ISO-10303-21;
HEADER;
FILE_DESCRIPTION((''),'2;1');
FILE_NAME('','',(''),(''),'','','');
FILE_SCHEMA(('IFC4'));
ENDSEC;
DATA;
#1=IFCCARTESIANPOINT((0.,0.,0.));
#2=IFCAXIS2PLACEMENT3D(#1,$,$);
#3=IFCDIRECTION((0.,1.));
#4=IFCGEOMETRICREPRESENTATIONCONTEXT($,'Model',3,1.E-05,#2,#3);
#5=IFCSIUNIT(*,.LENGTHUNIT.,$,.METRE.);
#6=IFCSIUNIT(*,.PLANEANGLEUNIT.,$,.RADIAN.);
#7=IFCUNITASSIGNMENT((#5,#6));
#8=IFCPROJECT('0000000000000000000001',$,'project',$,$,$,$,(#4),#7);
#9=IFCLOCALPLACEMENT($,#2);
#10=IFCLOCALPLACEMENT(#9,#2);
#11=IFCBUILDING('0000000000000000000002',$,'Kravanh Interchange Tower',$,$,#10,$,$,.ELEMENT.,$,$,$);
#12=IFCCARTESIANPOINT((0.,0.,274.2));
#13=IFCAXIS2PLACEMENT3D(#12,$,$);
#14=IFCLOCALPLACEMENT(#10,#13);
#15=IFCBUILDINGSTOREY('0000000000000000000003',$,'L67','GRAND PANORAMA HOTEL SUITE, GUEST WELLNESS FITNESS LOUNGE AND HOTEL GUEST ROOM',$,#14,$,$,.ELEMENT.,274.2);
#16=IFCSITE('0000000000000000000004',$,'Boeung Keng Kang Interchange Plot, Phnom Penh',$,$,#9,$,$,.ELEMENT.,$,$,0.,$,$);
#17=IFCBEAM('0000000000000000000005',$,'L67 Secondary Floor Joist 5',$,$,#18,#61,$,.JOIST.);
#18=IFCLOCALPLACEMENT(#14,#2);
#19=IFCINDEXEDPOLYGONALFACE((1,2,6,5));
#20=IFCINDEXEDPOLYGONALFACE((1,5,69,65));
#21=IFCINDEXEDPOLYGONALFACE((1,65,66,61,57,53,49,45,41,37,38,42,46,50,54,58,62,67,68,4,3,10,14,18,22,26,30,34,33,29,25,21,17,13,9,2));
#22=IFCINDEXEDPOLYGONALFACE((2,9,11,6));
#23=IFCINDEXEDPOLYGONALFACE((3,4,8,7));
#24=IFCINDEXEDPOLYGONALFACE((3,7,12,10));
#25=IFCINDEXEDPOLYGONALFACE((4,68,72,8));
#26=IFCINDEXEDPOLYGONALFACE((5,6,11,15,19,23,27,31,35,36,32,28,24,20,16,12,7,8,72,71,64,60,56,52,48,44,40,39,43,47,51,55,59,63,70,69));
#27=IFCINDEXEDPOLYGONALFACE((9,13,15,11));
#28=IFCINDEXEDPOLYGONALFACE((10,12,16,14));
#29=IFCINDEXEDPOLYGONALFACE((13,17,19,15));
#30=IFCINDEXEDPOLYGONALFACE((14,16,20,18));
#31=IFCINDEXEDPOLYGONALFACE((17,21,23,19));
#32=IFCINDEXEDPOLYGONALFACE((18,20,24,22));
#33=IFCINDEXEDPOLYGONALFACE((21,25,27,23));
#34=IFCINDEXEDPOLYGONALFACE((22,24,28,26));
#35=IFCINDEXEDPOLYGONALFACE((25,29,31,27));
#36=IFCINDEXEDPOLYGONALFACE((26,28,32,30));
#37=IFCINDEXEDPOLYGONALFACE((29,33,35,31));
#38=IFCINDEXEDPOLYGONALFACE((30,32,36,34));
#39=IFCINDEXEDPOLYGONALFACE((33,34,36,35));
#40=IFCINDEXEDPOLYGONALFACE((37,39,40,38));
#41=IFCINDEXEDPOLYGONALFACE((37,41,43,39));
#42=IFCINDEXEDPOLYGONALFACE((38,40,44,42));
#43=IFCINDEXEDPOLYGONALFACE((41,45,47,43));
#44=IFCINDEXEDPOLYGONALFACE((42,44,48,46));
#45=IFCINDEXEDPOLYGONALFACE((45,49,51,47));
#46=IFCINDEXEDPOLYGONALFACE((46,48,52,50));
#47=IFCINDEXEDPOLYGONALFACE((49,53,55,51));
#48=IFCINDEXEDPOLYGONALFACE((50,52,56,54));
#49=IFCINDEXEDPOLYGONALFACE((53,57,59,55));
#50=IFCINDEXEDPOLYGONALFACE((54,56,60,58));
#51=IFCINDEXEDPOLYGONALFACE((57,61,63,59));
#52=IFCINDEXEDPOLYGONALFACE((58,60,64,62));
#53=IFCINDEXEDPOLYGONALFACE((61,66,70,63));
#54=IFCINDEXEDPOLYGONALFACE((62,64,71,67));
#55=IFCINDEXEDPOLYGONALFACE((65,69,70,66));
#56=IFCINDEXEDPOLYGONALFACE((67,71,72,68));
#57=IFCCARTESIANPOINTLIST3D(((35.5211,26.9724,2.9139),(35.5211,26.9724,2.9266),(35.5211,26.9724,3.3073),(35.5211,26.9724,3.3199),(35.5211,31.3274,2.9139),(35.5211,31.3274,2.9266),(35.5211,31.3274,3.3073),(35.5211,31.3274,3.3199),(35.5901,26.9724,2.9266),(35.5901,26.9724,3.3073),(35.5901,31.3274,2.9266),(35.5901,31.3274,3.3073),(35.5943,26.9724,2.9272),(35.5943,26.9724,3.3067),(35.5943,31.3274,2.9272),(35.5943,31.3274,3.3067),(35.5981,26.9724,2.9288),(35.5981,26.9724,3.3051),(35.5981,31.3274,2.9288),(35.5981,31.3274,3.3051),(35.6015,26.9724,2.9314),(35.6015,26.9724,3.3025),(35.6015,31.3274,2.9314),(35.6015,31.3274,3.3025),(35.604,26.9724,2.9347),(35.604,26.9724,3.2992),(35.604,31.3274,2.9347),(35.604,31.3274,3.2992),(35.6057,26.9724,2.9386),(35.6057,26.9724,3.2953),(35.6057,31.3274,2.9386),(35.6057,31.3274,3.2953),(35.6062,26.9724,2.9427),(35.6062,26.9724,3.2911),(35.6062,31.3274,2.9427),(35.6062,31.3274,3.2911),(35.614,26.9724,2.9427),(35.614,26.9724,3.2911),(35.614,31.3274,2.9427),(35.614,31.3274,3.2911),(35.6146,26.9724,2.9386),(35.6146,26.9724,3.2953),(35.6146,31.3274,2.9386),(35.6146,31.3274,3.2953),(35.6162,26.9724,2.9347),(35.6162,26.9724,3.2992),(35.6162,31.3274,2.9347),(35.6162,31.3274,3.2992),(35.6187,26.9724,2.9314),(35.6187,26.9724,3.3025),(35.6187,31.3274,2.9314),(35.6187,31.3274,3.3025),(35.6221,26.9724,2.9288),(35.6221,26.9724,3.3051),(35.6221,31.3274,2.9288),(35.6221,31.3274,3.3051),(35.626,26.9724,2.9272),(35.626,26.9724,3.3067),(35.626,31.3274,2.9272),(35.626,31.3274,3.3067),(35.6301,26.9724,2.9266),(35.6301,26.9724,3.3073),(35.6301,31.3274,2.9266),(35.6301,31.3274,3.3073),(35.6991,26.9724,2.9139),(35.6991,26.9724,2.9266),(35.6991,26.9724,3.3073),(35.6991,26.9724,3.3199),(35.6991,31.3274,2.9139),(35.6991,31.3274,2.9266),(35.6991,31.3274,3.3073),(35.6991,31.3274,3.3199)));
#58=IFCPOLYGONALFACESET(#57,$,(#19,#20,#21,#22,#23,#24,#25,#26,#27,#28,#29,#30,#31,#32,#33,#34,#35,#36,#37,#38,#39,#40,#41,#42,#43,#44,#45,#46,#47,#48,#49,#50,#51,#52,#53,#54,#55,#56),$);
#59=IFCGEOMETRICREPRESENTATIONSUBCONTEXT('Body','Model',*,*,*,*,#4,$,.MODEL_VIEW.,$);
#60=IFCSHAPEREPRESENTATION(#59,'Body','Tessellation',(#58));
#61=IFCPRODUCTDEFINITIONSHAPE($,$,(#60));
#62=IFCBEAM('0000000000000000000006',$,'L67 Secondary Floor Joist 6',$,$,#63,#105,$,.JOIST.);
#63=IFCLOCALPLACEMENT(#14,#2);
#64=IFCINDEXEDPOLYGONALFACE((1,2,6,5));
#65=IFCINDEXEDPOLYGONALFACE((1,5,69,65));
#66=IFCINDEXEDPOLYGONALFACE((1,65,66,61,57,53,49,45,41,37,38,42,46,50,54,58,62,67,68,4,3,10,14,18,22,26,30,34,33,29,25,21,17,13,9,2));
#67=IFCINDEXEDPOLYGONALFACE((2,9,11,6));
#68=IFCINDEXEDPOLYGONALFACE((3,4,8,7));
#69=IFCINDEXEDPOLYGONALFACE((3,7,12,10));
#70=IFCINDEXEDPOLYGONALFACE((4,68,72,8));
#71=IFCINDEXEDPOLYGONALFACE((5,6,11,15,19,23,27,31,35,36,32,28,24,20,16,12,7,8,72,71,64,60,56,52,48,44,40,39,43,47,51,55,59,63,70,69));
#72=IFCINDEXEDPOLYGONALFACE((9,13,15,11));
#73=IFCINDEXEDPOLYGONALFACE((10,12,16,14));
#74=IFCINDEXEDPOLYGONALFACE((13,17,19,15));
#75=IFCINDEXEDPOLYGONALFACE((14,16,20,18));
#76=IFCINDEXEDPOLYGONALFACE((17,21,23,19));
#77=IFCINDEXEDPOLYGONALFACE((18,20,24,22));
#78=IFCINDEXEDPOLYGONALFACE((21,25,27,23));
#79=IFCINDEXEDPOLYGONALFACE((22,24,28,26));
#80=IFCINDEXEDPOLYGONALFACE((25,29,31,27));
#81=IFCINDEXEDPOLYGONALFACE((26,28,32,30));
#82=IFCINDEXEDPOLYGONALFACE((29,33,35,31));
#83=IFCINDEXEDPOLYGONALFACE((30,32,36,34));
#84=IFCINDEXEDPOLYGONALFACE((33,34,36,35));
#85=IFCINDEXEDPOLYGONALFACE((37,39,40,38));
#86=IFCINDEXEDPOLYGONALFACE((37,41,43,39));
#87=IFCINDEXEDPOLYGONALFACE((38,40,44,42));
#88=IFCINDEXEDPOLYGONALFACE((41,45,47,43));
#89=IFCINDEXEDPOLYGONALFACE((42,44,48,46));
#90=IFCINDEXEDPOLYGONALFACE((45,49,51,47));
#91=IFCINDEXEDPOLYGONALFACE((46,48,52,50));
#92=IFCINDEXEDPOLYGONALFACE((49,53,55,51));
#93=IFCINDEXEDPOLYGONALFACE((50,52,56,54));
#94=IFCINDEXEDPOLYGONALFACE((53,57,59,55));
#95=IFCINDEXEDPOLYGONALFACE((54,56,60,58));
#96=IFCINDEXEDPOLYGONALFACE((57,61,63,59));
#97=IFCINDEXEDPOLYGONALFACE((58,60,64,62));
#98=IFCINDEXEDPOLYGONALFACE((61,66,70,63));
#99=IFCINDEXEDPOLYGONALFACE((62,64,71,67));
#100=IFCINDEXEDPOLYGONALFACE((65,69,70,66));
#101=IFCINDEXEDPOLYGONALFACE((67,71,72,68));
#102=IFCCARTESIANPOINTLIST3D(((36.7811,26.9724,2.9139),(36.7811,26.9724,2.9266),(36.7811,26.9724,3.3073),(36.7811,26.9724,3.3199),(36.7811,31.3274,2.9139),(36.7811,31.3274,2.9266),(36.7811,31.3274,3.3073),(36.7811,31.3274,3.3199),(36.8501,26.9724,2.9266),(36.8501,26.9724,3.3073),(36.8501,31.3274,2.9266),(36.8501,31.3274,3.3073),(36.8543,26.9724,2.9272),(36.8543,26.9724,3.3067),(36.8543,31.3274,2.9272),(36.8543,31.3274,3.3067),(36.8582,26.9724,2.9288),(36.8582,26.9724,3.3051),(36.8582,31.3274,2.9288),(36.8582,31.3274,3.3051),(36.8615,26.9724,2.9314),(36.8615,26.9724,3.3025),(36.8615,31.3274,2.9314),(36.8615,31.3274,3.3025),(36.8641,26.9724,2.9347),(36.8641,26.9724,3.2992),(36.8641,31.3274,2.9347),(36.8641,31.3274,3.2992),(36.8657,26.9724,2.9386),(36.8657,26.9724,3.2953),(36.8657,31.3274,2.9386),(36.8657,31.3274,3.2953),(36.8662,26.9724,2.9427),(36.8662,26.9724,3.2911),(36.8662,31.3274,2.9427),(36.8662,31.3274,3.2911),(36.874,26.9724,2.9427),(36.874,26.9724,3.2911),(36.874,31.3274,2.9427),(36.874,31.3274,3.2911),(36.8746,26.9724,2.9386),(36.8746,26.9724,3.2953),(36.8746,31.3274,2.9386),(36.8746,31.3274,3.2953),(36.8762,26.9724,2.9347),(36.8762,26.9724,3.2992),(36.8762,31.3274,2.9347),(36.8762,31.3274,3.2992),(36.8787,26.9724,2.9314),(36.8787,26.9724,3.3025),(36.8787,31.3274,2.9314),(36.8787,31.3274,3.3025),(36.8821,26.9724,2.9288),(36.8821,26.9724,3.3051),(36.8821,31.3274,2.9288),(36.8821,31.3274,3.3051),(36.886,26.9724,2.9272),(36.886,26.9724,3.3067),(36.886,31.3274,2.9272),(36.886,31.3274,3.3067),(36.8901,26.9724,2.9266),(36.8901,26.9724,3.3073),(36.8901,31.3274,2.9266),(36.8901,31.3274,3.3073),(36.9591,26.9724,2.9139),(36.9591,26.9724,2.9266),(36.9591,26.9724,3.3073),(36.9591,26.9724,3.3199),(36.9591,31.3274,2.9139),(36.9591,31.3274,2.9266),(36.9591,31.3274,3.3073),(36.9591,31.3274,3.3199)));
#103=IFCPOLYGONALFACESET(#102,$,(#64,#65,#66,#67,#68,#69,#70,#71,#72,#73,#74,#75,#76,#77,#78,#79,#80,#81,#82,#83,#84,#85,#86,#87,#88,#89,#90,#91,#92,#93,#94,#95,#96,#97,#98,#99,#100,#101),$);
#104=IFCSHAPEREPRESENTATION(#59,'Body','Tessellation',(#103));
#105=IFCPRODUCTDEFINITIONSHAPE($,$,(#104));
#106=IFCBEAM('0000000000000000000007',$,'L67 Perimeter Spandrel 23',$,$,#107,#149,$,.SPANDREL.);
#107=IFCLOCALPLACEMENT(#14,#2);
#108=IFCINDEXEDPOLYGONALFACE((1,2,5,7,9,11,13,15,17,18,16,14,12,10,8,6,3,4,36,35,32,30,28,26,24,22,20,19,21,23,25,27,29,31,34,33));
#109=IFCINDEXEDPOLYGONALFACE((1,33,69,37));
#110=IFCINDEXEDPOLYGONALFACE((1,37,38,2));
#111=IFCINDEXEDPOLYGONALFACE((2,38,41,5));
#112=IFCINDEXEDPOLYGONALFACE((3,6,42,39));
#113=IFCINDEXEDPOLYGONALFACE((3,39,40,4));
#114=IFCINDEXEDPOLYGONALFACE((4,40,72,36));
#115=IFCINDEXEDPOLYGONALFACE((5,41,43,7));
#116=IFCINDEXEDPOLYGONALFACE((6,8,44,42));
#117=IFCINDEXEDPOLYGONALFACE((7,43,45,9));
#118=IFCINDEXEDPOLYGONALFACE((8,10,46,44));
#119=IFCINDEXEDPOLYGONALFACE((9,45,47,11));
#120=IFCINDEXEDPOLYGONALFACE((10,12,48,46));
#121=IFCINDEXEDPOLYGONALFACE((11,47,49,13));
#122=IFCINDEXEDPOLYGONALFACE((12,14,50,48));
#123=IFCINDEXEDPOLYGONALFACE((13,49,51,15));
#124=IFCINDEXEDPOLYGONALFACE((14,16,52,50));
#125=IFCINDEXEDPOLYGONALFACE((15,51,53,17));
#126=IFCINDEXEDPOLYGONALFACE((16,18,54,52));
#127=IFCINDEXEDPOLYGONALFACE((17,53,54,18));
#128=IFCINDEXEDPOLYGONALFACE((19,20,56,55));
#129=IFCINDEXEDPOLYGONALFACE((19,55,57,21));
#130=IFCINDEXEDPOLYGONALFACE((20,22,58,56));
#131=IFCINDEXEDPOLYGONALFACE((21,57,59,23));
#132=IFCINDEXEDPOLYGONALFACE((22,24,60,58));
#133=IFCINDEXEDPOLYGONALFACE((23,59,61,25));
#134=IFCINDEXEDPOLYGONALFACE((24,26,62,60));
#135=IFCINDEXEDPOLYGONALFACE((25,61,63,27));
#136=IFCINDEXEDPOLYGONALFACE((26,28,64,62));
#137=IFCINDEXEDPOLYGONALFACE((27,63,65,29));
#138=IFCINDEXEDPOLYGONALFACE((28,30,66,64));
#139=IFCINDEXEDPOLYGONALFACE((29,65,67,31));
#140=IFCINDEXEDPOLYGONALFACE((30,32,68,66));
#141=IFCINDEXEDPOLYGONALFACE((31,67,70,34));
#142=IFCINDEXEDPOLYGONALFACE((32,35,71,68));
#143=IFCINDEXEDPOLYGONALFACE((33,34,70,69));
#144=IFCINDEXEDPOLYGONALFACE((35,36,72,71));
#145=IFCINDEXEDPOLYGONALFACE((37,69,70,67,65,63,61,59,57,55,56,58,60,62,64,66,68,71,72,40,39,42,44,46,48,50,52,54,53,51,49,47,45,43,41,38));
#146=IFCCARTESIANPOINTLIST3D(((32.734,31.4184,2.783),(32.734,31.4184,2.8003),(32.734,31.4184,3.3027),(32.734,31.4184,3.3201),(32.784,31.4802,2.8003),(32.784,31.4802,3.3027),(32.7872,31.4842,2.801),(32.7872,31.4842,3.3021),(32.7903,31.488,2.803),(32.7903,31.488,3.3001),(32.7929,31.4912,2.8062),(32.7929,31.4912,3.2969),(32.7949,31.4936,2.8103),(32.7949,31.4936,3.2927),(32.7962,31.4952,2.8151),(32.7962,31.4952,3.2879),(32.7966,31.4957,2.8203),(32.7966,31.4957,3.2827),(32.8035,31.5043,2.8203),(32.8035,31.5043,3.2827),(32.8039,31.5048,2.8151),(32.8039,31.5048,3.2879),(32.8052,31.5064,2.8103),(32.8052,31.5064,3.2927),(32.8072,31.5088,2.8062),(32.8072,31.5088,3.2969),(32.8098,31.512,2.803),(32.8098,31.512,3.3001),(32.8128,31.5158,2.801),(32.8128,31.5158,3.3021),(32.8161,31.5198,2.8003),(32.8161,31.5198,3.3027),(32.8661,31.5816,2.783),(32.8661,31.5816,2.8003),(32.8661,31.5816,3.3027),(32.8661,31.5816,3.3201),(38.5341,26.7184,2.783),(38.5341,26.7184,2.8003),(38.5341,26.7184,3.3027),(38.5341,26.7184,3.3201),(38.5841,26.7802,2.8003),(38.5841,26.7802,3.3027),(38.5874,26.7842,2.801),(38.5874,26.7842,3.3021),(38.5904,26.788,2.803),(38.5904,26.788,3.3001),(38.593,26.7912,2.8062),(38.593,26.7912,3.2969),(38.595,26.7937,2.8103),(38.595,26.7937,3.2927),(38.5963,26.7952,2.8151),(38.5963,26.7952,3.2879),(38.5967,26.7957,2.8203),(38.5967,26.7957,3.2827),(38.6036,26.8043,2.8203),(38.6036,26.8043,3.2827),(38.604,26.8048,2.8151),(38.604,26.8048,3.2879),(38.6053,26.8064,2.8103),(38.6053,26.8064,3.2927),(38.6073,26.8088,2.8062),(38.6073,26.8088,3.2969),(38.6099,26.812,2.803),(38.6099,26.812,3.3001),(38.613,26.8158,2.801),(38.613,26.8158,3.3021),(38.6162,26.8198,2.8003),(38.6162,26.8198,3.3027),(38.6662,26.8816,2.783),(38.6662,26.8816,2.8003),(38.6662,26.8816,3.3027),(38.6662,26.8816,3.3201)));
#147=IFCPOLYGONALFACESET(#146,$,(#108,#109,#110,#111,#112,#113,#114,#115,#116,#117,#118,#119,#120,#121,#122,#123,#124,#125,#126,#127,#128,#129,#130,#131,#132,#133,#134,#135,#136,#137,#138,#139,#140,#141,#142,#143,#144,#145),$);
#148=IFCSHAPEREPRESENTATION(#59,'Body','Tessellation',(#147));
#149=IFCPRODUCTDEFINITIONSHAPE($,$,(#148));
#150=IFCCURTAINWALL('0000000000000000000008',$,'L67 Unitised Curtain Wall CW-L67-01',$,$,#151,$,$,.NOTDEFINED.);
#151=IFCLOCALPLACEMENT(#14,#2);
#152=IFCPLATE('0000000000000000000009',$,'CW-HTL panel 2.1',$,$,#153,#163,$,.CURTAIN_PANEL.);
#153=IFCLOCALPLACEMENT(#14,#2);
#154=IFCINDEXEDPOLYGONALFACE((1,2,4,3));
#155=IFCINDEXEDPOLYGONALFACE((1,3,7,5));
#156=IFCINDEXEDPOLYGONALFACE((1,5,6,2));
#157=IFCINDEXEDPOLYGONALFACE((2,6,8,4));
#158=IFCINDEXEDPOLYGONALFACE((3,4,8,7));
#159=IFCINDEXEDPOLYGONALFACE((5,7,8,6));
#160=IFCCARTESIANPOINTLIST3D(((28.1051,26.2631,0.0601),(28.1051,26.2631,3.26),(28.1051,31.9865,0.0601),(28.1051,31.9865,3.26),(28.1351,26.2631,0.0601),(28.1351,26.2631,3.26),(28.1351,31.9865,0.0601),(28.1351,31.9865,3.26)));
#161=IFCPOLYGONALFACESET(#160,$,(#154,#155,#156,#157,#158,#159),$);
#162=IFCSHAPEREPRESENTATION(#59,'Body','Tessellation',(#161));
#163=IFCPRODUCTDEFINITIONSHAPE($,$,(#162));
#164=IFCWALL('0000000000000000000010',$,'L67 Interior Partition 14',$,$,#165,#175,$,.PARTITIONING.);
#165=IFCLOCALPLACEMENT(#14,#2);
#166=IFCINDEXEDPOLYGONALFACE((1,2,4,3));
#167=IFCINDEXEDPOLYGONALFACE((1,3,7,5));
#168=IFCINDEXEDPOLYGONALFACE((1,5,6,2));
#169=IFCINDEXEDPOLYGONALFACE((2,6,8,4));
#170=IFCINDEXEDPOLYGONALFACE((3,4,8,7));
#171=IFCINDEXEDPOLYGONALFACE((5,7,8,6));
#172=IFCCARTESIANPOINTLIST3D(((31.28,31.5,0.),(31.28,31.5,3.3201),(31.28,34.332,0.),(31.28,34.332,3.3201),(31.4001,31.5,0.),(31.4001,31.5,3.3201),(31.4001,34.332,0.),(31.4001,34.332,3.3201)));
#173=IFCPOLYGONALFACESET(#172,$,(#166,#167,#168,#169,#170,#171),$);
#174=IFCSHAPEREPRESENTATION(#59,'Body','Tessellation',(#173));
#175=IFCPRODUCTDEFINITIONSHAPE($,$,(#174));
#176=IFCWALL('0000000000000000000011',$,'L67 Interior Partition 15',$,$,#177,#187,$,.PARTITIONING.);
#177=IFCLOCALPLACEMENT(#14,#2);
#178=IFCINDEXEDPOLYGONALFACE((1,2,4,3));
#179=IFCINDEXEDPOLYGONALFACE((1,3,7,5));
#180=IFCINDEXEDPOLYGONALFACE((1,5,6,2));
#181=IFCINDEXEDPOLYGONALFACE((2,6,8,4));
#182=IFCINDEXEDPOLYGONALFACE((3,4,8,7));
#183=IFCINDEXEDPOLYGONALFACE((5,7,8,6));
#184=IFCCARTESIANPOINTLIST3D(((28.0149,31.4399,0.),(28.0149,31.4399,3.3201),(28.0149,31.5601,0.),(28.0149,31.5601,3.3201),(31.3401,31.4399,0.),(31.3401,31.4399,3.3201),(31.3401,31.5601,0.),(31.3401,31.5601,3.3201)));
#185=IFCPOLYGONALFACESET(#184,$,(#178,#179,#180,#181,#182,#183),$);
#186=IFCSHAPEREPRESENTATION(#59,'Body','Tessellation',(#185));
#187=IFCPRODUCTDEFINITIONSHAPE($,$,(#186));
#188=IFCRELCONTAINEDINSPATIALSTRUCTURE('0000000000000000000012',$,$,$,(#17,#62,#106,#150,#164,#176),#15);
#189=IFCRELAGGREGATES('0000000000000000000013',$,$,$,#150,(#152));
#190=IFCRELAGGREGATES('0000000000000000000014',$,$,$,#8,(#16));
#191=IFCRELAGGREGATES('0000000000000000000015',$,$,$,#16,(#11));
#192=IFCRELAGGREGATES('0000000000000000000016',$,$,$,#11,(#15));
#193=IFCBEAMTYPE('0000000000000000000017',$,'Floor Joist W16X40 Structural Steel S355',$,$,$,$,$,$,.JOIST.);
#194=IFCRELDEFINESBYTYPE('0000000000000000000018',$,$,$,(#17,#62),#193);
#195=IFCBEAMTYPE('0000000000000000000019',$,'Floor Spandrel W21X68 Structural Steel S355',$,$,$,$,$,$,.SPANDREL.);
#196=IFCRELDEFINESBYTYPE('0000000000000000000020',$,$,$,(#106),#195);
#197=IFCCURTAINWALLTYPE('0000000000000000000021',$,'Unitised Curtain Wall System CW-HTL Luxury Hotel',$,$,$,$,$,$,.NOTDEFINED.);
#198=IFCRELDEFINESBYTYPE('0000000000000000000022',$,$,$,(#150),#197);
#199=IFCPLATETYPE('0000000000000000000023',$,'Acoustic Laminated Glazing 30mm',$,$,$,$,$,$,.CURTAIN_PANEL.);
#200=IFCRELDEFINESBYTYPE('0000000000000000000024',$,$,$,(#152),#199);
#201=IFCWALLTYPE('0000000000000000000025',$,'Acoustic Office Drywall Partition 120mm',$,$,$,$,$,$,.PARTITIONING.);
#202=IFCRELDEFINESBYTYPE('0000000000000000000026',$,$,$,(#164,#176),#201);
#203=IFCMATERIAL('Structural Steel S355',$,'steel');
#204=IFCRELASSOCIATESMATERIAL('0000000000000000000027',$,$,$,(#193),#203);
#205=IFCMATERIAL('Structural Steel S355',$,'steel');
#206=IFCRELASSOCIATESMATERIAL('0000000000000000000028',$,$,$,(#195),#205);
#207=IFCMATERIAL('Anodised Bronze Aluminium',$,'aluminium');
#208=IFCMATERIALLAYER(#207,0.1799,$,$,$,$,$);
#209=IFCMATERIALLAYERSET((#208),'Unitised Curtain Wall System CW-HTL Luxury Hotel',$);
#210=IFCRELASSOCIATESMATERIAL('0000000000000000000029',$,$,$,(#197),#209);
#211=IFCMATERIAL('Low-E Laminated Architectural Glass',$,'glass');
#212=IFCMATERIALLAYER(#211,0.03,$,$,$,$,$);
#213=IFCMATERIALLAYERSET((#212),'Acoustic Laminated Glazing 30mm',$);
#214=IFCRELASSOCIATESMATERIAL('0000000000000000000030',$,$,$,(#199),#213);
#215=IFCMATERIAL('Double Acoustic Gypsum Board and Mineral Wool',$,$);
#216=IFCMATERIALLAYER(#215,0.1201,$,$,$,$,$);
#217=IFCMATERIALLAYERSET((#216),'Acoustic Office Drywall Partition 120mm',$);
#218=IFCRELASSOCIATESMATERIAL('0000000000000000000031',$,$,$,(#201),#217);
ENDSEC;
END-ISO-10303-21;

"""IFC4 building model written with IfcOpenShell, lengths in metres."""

from ifc_helpers import new_model, si_unit, direction, frame, frame_2d, origin, origin_2d, place, context, subcontext, project, spatial, rectangle, i_section, extrude, material, layer, layer_set, material_profile, profile_set, type_object, element, aggregate, save


model = new_model("IFC4")

# Units and contexts
model_context = context("Model", 3, precision=1e-05, world=origin(), true_north=direction((0.0, 1.0)))
body_context = subcontext(model_context, "Body", "Model", "MODEL_VIEW")
ifc_project = project(units=[si_unit("LENGTHUNIT", "METRE"), si_unit("PLANEANGLEUNIT", "RADIAN")], contexts=[model_context])

# Site, building, storey
site_placement = place(None, origin())
site = spatial("IfcSite", under=ifc_project, at=site_placement, Name="Boeung Keng Kang Interchange Plot, Phnom Penh", CompositionType="ELEMENT", RefElevation=0.0)
building_placement = place(site_placement, origin())
building = spatial("IfcBuilding", under=site, at=building_placement, Name="Kravanh Interchange Tower", CompositionType="ELEMENT")
storey_placement = place(building_placement, frame((0.0, 0.0, 274.2)))
storey = spatial("IfcBuildingStorey", under=building, at=storey_placement, Name="L67", Description="GRAND PANORAMA HOTEL SUITE, GUEST WELLNESS FITNESS LOUNGE AND HOTEL GUEST ROOM", CompositionType="ELEMENT", Elevation=274.2)

# Beams
ifc_material_1 = material(Name="Structural Steel S355", Category="steel")
ifc_material_profile_1 = material_profile(ifc_material_1, i_section(OverallWidth=0.178, OverallDepth=0.406, WebThickness=0.0078, FlangeThickness=0.0127, FilletRadius=0.0161, at=origin_2d()), Name="W16X40")
ifc_profile_set_1 = profile_set([ifc_material_profile_1], Name="Structural Steel S355")
beam_type_1 = type_object("IfcBeamType", Name="Floor Joist W16X40 Structural Steel S355", PredefinedType="JOIST", material=ifc_profile_set_1)
for number, where, z_axis, x_axis, name in (
    (1, (35.6101, 26.9724, 3.1169), (0.0, 1.0, 0.0), (-1.0, 0.0, 0.0), "L67 Secondary Floor Joist 5"),
    (2, (36.8701, 26.9724, 3.1169), (0.0, 1.0, 0.0), (-1.0, 0.0, 0.0), "L67 Secondary Floor Joist 6"),
):
    element("IfcBeam", number, at=place(storey_placement, frame(where, z_axis=z_axis, x_axis=x_axis)), inside=storey, type_object=beam_type_1, Name=name, PredefinedType="JOIST", context=body_context, shape_type="SweptSolid", body=[
        extrude(i_section(OverallWidth=0.178, OverallDepth=0.406, WebThickness=0.0078, FlangeThickness=0.0127, FilletRadius=0.0161, at=origin_2d()), origin(), (0.0, 0.0, 1.0), 4.355),
    ])
ifc_material_2 = material(Name="Structural Steel S355", Category="steel")
ifc_material_profile_2 = material_profile(ifc_material_2, i_section(OverallWidth=0.21, OverallDepth=0.5371, WebThickness=0.011, FlangeThickness=0.0173, FilletRadius=0.02, at=origin_2d()), Name="W21X68")
ifc_profile_set_2 = profile_set([ifc_material_profile_2], Name="Structural Steel S355")
beam_type_2 = type_object("IfcBeamType", Name="Floor Spandrel W21X68 Structural Steel S355", PredefinedType="SPANDREL", material=ifc_profile_set_2)
beam_1_placement = place(storey_placement, frame((32.8, 31.5, 3.0515), z_axis=(0.776939, -0.629576, 0.0), x_axis=(0.629576, 0.776939, 0.0)))
element("IfcBeam", 3, at=beam_1_placement, inside=storey, type_object=beam_type_2, Name="L67 Perimeter Spandrel 23", PredefinedType="SPANDREL", context=body_context, shape_type="SweptSolid", body=[
    extrude(i_section(OverallWidth=0.21, OverallDepth=0.5371, WebThickness=0.011, FlangeThickness=0.0173, FilletRadius=0.02, at=origin_2d()), origin(), (0.0, 0.0, 1.0), 7.4653),
])

# Curtain wall, plate
ifc_material_3 = material(Name="Anodised Bronze Aluminium", Category="aluminium")
ifc_layer_1 = layer(ifc_material_3, 0.1799)
ifc_layer_set_1 = layer_set([ifc_layer_1], Name="Unitised Curtain Wall System CW-HTL Luxury Hotel")
curtain_wall_type = type_object("IfcCurtainWallType", Name="Unitised Curtain Wall System CW-HTL Luxury Hotel", PredefinedType="NOTDEFINED", material=ifc_layer_set_1)
curtain_wall_placement = place(storey_placement, origin())
curtain_wall = element("IfcCurtainWall", 4, at=curtain_wall_placement, inside=storey, type_object=curtain_wall_type, Name="L67 Unitised Curtain Wall CW-L67-01", PredefinedType="NOTDEFINED")
ifc_material_4 = material(Name="Low-E Laminated Architectural Glass", Category="glass")
ifc_layer_2 = layer(ifc_material_4, 0.03)
ifc_layer_set_2 = layer_set([ifc_layer_2], Name="Acoustic Laminated Glazing 30mm")
plate_type = type_object("IfcPlateType", Name="Acoustic Laminated Glazing 30mm", PredefinedType="CURTAIN_PANEL", material=ifc_layer_set_2)
plate_placement = place(storey_placement, frame((28.1201, 29.1248, 0.0601), z_axis=(0.0, 0.0, 1.0), x_axis=(0.0, 1.0, 0.0)))
plate = element("IfcPlate", 5, at=plate_placement, type_object=plate_type, Name="CW-HTL panel 2.1", PredefinedType="CURTAIN_PANEL", context=body_context, shape_type="SweptSolid", body=[
    extrude(rectangle(XDim=5.7234, YDim=0.03, at=origin_2d()), origin(), (0.0, 0.0, 1.0), 3.2),
])
aggregate(curtain_wall, [plate])

# Walls
ifc_material_5 = material(Name="Double Acoustic Gypsum Board and Mineral Wool")
ifc_layer_3 = layer(ifc_material_5, 0.1201)
ifc_layer_set_3 = layer_set([ifc_layer_3], Name="Acoustic Office Drywall Partition 120mm")
wall_type_1 = type_object("IfcWallType", Name="Acoustic Office Drywall Partition 120mm", PredefinedType="PARTITIONING", material=ifc_layer_set_3)
wall_1_placement = place(storey_placement, frame((31.3401, 31.5, 0.0), z_axis=(0.0, 0.0, 1.0), x_axis=(0.0, 1.0, 0.0)))
element("IfcWall", 6, at=wall_1_placement, inside=storey, type_object=wall_type_1, Name="L67 Interior Partition 14", PredefinedType="PARTITIONING", context=body_context, shape_type="SweptSolid", body=[
    extrude(rectangle(XDim=2.832, YDim=0.1201, at=frame_2d((1.416, 0.0))), origin(), (0.0, 0.0, 1.0), 3.3201),
])
wall_2_placement = place(storey_placement, frame((28.0149, 31.5, 0.0), z_axis=(0.0, 0.0, 1.0), x_axis=(1.0, 0.0, 0.0)))
element("IfcWall", 7, at=wall_2_placement, inside=storey, type_object=wall_type_1, Name="L67 Interior Partition 15", PredefinedType="PARTITIONING", context=body_context, shape_type="SweptSolid", body=[
    extrude(rectangle(XDim=3.3252, YDim=0.1201, at=frame_2d((1.6626, 0.0))), origin(), (0.0, 0.0, 1.0), 3.3201),
])

save(model, "model.ifc")
